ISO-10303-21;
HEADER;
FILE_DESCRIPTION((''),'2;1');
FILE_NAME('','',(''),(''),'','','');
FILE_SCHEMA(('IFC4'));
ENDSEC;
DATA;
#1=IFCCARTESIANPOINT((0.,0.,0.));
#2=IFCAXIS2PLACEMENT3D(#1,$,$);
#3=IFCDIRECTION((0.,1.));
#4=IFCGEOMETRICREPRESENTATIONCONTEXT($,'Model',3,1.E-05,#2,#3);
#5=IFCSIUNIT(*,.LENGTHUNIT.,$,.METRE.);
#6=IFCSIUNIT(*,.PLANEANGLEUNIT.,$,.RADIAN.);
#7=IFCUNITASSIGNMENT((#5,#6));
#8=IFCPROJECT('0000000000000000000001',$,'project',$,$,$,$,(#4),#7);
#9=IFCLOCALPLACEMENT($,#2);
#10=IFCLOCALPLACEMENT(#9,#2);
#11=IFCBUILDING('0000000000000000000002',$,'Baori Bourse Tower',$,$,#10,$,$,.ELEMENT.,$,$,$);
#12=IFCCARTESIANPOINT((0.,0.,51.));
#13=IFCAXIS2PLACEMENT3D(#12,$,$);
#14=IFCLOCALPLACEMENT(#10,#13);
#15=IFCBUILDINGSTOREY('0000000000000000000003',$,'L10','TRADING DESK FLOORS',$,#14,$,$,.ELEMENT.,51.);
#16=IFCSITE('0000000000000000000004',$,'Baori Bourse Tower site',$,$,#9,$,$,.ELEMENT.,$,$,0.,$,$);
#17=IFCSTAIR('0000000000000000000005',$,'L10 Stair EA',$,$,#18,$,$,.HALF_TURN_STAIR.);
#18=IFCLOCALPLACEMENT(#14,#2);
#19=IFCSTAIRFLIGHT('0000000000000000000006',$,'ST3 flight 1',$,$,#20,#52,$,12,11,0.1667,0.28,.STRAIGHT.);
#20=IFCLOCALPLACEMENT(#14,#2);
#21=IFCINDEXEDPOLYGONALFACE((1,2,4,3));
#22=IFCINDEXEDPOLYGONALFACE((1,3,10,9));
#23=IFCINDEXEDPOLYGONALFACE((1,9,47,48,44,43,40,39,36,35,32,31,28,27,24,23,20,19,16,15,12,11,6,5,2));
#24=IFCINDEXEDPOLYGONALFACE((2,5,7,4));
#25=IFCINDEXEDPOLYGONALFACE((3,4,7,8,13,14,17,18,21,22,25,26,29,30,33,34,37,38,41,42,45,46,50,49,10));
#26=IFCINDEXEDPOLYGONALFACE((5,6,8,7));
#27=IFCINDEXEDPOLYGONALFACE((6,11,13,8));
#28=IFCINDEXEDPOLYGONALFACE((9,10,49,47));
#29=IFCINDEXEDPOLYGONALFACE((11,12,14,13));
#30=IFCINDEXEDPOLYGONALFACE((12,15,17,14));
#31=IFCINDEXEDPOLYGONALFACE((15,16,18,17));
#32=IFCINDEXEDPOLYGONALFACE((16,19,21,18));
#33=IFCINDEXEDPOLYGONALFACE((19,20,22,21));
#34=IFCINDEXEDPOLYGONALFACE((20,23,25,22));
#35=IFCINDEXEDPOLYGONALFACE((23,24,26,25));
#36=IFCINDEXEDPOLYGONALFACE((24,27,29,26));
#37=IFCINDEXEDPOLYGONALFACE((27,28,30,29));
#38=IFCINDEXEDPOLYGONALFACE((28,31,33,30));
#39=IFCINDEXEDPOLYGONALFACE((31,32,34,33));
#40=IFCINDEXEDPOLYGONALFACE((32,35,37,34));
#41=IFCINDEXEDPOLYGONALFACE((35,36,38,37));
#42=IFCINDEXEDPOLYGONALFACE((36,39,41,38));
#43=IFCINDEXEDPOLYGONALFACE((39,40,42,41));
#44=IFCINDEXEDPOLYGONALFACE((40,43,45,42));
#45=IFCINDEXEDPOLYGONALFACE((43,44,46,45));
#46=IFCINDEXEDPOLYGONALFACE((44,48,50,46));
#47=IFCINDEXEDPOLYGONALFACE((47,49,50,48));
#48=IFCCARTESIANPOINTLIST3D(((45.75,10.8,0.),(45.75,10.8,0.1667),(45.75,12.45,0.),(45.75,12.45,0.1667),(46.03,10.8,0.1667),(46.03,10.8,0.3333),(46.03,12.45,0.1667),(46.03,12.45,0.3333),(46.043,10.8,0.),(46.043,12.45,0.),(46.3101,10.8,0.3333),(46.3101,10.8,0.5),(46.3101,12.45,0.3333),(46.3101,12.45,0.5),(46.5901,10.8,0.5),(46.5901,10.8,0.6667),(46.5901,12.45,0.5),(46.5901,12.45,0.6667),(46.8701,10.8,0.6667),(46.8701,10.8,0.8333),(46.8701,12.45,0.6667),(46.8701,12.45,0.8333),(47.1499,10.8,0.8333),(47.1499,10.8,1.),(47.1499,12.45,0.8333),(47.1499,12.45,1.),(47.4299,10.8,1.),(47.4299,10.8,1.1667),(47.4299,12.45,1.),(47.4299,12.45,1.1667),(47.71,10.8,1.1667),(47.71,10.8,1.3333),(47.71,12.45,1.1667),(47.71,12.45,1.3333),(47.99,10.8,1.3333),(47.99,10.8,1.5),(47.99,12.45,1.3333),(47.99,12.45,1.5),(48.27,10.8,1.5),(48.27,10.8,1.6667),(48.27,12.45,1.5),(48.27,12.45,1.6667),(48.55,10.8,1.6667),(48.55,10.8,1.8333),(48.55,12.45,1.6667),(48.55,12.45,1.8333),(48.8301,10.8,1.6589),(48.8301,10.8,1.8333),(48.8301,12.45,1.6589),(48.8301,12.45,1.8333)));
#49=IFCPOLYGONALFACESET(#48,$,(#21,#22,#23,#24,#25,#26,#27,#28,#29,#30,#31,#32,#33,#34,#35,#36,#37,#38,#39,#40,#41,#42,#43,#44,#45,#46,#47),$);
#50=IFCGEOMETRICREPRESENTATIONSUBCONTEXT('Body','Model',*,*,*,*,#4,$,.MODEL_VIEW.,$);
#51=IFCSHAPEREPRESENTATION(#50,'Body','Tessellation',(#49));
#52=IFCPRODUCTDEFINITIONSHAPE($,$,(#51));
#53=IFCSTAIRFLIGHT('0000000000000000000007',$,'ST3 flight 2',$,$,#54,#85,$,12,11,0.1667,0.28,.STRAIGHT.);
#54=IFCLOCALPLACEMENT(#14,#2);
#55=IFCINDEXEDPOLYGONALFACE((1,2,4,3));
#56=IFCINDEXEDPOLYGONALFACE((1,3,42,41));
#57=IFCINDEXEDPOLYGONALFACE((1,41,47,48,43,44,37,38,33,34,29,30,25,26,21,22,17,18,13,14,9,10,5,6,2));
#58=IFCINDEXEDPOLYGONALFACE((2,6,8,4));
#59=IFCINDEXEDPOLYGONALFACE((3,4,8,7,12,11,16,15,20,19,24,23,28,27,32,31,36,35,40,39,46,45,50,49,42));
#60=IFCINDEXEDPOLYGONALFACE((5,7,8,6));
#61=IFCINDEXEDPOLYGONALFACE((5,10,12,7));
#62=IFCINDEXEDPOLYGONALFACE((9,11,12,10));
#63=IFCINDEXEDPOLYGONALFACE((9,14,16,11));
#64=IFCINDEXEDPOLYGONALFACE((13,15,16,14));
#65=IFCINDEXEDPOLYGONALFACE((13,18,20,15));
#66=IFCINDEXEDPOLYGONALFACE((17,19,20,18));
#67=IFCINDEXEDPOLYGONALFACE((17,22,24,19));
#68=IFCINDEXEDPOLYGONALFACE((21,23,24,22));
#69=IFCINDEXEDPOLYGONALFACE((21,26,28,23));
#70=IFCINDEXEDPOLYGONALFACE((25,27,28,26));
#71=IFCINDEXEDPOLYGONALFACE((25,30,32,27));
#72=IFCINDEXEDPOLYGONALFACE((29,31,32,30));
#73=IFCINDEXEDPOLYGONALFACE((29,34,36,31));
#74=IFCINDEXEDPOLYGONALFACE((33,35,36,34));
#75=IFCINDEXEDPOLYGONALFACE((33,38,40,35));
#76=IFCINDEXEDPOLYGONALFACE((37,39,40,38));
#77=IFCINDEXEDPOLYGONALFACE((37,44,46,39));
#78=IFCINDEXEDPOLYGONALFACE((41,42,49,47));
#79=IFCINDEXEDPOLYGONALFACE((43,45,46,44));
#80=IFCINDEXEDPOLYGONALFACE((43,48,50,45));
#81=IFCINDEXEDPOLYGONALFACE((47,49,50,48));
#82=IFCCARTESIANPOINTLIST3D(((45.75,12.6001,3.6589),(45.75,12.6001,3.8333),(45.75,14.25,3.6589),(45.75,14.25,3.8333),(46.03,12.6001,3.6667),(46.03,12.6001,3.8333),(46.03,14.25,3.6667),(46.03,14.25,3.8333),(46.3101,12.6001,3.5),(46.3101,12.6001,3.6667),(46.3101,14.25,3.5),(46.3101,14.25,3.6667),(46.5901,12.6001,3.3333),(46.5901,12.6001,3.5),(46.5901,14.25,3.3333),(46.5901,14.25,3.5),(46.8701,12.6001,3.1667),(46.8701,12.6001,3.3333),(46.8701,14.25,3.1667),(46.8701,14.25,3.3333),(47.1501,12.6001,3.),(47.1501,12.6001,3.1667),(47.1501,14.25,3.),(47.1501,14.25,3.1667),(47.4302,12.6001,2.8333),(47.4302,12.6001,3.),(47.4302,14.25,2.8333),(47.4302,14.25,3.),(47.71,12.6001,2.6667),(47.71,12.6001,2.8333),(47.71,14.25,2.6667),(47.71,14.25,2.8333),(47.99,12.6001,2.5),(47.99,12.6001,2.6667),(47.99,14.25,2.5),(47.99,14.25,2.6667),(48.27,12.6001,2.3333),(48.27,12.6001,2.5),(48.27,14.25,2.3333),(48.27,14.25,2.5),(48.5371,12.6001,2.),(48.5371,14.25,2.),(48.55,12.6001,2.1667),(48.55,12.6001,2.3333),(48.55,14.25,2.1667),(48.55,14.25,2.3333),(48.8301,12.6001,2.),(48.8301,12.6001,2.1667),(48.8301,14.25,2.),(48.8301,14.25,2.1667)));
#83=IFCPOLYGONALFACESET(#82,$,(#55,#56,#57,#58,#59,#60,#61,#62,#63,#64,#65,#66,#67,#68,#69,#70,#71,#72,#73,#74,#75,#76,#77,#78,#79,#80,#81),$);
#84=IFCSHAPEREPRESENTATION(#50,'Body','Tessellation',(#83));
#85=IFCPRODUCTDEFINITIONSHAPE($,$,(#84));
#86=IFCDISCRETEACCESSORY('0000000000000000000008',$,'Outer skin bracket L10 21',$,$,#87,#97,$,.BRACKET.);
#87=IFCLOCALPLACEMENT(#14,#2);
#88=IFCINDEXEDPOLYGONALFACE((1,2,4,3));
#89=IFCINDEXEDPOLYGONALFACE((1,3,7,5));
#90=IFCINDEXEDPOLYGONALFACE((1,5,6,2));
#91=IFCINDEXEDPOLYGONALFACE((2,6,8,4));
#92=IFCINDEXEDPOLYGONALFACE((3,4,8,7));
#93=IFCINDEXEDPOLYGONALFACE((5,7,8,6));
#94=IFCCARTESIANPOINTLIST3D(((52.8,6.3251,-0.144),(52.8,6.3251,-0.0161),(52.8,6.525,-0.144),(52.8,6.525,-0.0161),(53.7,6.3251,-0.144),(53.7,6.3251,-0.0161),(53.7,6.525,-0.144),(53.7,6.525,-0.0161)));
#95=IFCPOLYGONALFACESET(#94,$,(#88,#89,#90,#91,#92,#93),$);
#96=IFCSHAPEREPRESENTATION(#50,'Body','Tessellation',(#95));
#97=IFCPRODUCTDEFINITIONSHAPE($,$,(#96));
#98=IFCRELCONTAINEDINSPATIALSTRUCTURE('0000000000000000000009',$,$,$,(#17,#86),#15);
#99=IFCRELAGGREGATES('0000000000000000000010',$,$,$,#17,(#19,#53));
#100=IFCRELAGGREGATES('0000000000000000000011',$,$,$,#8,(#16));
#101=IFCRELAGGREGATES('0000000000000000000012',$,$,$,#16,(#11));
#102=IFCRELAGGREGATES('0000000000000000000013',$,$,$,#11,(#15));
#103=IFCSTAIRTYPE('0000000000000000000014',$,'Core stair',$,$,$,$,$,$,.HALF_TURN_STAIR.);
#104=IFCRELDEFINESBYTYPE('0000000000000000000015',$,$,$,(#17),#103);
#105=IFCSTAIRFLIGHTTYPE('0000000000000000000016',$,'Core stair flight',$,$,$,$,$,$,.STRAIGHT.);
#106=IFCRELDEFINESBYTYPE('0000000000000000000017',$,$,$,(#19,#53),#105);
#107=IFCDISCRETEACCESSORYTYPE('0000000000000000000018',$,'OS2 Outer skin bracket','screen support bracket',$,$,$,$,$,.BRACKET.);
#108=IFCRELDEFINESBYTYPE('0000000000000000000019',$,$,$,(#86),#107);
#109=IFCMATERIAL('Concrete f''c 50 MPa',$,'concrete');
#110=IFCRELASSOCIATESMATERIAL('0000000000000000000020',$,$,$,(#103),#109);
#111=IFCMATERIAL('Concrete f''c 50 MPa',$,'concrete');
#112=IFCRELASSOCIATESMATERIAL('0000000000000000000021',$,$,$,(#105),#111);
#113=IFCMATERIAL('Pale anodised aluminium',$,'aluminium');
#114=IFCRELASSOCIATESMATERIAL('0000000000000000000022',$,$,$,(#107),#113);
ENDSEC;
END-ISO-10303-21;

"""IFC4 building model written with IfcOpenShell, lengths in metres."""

from ifc_helpers import new_model, si_unit, direction, frame, origin, origin_2d, place, context, subcontext, project, spatial, polyline, rectangle, outline, extrude, material, type_object, element, aggregate, save


model = new_model("IFC4")

# Units and contexts
model_context = context("Model", 3, precision=1e-05, world=origin(), true_north=direction((0.0, 1.0)))
body_context = subcontext(model_context, "Body", "Model", "MODEL_VIEW")
ifc_project = project(units=[si_unit("LENGTHUNIT", "METRE"), si_unit("PLANEANGLEUNIT", "RADIAN")], contexts=[model_context])

# Site, building, storey
site_placement = place(None, origin())
site = spatial("IfcSite", under=ifc_project, at=site_placement, Name="Baori Bourse Tower site", CompositionType="ELEMENT", RefElevation=0.0)
building_placement = place(site_placement, origin())
building = spatial("IfcBuilding", under=site, at=building_placement, Name="Baori Bourse Tower", CompositionType="ELEMENT")
storey_placement = place(building_placement, frame((0.0, 0.0, 51.0)))
storey = spatial("IfcBuildingStorey", under=building, at=storey_placement, Name="L10", Description="TRADING DESK FLOORS", CompositionType="ELEMENT", Elevation=51.0)

# Stair, stair flights
ifc_material_1 = material(Name="Concrete f'c 50 MPa", Category="concrete")
stair_type = type_object("IfcStairType", Name="Core stair", PredefinedType="HALF_TURN_STAIR", material=ifc_material_1)
stair_placement = place(storey_placement, origin())
stair = element("IfcStair", 1, at=stair_placement, inside=storey, type_object=stair_type, Name="L10 Stair EA", PredefinedType="HALF_TURN_STAIR")
ifc_material_2 = material(Name="Concrete f'c 50 MPa", Category="concrete")
stair_flight_type = type_object("IfcStairFlightType", Name="Core stair flight", PredefinedType="STRAIGHT", material=ifc_material_2)
stair_flight_1_placement = place(storey_placement, frame((45.75, 11.625, 0.0), z_axis=(0.0, 0.0, 1.0), x_axis=(1.0, 0.0, 0.0)))
stair_flight_1 = element("IfcStairFlight", 2, at=stair_flight_1_placement, type_object=stair_flight_type, Name="ST3 flight 1", NumberOfRisers=12, NumberOfTreads=11, PredefinedType="STRAIGHT", RiserHeight=0.1667, TreadLength=0.28, context=body_context, shape_type="SweptSolid", body=[
    extrude(outline(polyline([(0.0, 0.0), (0.0, 0.1667), (0.28, 0.1667), (0.28, 0.3333), (0.5601, 0.3333), (0.5601, 0.5), (0.8401, 0.5), (0.8401, 0.6667), (1.1201, 0.6667), (1.1201, 0.8333), (1.3999, 0.8333), (1.3999, 1.0), (1.6799, 1.0), (1.6799, 1.1667), (1.96, 1.1667), (1.96, 1.3333), (2.24, 1.3333), (2.24, 1.5), (2.52, 1.5), (2.52, 1.6667), (2.8, 1.6667), (2.8, 1.8333), (3.0801, 1.8333), (3.0801, 2.0), (3.0801, 1.6589), (0.293, 0.0), (0.0, 0.0)])), frame((0.0, 0.825, 0.0), z_axis=(0.0, -1.0, 0.0), x_axis=(1.0, 0.0, 0.0)), (0.0, 0.0, 1.0), 1.6499),
])
stair_flight_2_placement = place(storey_placement, frame((48.8301, 13.425, 2.0), z_axis=(0.0, 0.0, 1.0), x_axis=(-1.0, 0.0, 0.0)))
stair_flight_2 = element("IfcStairFlight", 3, at=stair_flight_2_placement, type_object=stair_flight_type, Name="ST3 flight 2", NumberOfRisers=12, NumberOfTreads=11, PredefinedType="STRAIGHT", RiserHeight=0.1667, TreadLength=0.28, context=body_context, shape_type="SweptSolid", body=[
    extrude(outline(polyline([(0.0, 0.0), (0.0, 0.1667), (0.28, 0.1667), (0.28, 0.3333), (0.5601, 0.3333), (0.5601, 0.5), (0.8401, 0.5), (0.8401, 0.6667), (1.1201, 0.6667), (1.1201, 0.8333), (1.3999, 0.8333), (1.3999, 1.0), (1.6799, 1.0), (1.6799, 1.1667), (1.96, 1.1667), (1.96, 1.3333), (2.24, 1.3333), (2.24, 1.5), (2.52, 1.5), (2.52, 1.6667), (2.8, 1.6667), (2.8, 1.8333), (3.0801, 1.8333), (3.0801, 2.0), (3.0801, 1.6589), (0.293, 0.0), (0.0, 0.0)])), frame((0.0, 0.825, 0.0), z_axis=(0.0, -1.0, 0.0), x_axis=(1.0, 0.0, 0.0)), (0.0, 0.0, 1.0), 1.6499),
])
aggregate(stair, [stair_flight_1, stair_flight_2])

# Discrete accessory
ifc_material_3 = material(Name="Pale anodised aluminium", Category="aluminium")
discrete_accessory_type = type_object("IfcDiscreteAccessoryType", Name="OS2 Outer skin bracket", Description="screen support bracket", PredefinedType="BRACKET", material=ifc_material_3)
discrete_accessory_placement = place(storey_placement, frame((53.25, 6.425, -0.144), z_axis=(0.0, 0.0, 1.0), x_axis=(0.0, 1.0, 0.0)))
element("IfcDiscreteAccessory", 4, at=discrete_accessory_placement, inside=storey, type_object=discrete_accessory_type, Name="Outer skin bracket L10 21", PredefinedType="BRACKET", context=body_context, shape_type="SweptSolid", body=[
    extrude(rectangle(XDim=0.2, YDim=0.8999, at=origin_2d()), origin(), (0.0, 0.0, 1.0), 0.1279),
])

save(model, "model.ifc")
